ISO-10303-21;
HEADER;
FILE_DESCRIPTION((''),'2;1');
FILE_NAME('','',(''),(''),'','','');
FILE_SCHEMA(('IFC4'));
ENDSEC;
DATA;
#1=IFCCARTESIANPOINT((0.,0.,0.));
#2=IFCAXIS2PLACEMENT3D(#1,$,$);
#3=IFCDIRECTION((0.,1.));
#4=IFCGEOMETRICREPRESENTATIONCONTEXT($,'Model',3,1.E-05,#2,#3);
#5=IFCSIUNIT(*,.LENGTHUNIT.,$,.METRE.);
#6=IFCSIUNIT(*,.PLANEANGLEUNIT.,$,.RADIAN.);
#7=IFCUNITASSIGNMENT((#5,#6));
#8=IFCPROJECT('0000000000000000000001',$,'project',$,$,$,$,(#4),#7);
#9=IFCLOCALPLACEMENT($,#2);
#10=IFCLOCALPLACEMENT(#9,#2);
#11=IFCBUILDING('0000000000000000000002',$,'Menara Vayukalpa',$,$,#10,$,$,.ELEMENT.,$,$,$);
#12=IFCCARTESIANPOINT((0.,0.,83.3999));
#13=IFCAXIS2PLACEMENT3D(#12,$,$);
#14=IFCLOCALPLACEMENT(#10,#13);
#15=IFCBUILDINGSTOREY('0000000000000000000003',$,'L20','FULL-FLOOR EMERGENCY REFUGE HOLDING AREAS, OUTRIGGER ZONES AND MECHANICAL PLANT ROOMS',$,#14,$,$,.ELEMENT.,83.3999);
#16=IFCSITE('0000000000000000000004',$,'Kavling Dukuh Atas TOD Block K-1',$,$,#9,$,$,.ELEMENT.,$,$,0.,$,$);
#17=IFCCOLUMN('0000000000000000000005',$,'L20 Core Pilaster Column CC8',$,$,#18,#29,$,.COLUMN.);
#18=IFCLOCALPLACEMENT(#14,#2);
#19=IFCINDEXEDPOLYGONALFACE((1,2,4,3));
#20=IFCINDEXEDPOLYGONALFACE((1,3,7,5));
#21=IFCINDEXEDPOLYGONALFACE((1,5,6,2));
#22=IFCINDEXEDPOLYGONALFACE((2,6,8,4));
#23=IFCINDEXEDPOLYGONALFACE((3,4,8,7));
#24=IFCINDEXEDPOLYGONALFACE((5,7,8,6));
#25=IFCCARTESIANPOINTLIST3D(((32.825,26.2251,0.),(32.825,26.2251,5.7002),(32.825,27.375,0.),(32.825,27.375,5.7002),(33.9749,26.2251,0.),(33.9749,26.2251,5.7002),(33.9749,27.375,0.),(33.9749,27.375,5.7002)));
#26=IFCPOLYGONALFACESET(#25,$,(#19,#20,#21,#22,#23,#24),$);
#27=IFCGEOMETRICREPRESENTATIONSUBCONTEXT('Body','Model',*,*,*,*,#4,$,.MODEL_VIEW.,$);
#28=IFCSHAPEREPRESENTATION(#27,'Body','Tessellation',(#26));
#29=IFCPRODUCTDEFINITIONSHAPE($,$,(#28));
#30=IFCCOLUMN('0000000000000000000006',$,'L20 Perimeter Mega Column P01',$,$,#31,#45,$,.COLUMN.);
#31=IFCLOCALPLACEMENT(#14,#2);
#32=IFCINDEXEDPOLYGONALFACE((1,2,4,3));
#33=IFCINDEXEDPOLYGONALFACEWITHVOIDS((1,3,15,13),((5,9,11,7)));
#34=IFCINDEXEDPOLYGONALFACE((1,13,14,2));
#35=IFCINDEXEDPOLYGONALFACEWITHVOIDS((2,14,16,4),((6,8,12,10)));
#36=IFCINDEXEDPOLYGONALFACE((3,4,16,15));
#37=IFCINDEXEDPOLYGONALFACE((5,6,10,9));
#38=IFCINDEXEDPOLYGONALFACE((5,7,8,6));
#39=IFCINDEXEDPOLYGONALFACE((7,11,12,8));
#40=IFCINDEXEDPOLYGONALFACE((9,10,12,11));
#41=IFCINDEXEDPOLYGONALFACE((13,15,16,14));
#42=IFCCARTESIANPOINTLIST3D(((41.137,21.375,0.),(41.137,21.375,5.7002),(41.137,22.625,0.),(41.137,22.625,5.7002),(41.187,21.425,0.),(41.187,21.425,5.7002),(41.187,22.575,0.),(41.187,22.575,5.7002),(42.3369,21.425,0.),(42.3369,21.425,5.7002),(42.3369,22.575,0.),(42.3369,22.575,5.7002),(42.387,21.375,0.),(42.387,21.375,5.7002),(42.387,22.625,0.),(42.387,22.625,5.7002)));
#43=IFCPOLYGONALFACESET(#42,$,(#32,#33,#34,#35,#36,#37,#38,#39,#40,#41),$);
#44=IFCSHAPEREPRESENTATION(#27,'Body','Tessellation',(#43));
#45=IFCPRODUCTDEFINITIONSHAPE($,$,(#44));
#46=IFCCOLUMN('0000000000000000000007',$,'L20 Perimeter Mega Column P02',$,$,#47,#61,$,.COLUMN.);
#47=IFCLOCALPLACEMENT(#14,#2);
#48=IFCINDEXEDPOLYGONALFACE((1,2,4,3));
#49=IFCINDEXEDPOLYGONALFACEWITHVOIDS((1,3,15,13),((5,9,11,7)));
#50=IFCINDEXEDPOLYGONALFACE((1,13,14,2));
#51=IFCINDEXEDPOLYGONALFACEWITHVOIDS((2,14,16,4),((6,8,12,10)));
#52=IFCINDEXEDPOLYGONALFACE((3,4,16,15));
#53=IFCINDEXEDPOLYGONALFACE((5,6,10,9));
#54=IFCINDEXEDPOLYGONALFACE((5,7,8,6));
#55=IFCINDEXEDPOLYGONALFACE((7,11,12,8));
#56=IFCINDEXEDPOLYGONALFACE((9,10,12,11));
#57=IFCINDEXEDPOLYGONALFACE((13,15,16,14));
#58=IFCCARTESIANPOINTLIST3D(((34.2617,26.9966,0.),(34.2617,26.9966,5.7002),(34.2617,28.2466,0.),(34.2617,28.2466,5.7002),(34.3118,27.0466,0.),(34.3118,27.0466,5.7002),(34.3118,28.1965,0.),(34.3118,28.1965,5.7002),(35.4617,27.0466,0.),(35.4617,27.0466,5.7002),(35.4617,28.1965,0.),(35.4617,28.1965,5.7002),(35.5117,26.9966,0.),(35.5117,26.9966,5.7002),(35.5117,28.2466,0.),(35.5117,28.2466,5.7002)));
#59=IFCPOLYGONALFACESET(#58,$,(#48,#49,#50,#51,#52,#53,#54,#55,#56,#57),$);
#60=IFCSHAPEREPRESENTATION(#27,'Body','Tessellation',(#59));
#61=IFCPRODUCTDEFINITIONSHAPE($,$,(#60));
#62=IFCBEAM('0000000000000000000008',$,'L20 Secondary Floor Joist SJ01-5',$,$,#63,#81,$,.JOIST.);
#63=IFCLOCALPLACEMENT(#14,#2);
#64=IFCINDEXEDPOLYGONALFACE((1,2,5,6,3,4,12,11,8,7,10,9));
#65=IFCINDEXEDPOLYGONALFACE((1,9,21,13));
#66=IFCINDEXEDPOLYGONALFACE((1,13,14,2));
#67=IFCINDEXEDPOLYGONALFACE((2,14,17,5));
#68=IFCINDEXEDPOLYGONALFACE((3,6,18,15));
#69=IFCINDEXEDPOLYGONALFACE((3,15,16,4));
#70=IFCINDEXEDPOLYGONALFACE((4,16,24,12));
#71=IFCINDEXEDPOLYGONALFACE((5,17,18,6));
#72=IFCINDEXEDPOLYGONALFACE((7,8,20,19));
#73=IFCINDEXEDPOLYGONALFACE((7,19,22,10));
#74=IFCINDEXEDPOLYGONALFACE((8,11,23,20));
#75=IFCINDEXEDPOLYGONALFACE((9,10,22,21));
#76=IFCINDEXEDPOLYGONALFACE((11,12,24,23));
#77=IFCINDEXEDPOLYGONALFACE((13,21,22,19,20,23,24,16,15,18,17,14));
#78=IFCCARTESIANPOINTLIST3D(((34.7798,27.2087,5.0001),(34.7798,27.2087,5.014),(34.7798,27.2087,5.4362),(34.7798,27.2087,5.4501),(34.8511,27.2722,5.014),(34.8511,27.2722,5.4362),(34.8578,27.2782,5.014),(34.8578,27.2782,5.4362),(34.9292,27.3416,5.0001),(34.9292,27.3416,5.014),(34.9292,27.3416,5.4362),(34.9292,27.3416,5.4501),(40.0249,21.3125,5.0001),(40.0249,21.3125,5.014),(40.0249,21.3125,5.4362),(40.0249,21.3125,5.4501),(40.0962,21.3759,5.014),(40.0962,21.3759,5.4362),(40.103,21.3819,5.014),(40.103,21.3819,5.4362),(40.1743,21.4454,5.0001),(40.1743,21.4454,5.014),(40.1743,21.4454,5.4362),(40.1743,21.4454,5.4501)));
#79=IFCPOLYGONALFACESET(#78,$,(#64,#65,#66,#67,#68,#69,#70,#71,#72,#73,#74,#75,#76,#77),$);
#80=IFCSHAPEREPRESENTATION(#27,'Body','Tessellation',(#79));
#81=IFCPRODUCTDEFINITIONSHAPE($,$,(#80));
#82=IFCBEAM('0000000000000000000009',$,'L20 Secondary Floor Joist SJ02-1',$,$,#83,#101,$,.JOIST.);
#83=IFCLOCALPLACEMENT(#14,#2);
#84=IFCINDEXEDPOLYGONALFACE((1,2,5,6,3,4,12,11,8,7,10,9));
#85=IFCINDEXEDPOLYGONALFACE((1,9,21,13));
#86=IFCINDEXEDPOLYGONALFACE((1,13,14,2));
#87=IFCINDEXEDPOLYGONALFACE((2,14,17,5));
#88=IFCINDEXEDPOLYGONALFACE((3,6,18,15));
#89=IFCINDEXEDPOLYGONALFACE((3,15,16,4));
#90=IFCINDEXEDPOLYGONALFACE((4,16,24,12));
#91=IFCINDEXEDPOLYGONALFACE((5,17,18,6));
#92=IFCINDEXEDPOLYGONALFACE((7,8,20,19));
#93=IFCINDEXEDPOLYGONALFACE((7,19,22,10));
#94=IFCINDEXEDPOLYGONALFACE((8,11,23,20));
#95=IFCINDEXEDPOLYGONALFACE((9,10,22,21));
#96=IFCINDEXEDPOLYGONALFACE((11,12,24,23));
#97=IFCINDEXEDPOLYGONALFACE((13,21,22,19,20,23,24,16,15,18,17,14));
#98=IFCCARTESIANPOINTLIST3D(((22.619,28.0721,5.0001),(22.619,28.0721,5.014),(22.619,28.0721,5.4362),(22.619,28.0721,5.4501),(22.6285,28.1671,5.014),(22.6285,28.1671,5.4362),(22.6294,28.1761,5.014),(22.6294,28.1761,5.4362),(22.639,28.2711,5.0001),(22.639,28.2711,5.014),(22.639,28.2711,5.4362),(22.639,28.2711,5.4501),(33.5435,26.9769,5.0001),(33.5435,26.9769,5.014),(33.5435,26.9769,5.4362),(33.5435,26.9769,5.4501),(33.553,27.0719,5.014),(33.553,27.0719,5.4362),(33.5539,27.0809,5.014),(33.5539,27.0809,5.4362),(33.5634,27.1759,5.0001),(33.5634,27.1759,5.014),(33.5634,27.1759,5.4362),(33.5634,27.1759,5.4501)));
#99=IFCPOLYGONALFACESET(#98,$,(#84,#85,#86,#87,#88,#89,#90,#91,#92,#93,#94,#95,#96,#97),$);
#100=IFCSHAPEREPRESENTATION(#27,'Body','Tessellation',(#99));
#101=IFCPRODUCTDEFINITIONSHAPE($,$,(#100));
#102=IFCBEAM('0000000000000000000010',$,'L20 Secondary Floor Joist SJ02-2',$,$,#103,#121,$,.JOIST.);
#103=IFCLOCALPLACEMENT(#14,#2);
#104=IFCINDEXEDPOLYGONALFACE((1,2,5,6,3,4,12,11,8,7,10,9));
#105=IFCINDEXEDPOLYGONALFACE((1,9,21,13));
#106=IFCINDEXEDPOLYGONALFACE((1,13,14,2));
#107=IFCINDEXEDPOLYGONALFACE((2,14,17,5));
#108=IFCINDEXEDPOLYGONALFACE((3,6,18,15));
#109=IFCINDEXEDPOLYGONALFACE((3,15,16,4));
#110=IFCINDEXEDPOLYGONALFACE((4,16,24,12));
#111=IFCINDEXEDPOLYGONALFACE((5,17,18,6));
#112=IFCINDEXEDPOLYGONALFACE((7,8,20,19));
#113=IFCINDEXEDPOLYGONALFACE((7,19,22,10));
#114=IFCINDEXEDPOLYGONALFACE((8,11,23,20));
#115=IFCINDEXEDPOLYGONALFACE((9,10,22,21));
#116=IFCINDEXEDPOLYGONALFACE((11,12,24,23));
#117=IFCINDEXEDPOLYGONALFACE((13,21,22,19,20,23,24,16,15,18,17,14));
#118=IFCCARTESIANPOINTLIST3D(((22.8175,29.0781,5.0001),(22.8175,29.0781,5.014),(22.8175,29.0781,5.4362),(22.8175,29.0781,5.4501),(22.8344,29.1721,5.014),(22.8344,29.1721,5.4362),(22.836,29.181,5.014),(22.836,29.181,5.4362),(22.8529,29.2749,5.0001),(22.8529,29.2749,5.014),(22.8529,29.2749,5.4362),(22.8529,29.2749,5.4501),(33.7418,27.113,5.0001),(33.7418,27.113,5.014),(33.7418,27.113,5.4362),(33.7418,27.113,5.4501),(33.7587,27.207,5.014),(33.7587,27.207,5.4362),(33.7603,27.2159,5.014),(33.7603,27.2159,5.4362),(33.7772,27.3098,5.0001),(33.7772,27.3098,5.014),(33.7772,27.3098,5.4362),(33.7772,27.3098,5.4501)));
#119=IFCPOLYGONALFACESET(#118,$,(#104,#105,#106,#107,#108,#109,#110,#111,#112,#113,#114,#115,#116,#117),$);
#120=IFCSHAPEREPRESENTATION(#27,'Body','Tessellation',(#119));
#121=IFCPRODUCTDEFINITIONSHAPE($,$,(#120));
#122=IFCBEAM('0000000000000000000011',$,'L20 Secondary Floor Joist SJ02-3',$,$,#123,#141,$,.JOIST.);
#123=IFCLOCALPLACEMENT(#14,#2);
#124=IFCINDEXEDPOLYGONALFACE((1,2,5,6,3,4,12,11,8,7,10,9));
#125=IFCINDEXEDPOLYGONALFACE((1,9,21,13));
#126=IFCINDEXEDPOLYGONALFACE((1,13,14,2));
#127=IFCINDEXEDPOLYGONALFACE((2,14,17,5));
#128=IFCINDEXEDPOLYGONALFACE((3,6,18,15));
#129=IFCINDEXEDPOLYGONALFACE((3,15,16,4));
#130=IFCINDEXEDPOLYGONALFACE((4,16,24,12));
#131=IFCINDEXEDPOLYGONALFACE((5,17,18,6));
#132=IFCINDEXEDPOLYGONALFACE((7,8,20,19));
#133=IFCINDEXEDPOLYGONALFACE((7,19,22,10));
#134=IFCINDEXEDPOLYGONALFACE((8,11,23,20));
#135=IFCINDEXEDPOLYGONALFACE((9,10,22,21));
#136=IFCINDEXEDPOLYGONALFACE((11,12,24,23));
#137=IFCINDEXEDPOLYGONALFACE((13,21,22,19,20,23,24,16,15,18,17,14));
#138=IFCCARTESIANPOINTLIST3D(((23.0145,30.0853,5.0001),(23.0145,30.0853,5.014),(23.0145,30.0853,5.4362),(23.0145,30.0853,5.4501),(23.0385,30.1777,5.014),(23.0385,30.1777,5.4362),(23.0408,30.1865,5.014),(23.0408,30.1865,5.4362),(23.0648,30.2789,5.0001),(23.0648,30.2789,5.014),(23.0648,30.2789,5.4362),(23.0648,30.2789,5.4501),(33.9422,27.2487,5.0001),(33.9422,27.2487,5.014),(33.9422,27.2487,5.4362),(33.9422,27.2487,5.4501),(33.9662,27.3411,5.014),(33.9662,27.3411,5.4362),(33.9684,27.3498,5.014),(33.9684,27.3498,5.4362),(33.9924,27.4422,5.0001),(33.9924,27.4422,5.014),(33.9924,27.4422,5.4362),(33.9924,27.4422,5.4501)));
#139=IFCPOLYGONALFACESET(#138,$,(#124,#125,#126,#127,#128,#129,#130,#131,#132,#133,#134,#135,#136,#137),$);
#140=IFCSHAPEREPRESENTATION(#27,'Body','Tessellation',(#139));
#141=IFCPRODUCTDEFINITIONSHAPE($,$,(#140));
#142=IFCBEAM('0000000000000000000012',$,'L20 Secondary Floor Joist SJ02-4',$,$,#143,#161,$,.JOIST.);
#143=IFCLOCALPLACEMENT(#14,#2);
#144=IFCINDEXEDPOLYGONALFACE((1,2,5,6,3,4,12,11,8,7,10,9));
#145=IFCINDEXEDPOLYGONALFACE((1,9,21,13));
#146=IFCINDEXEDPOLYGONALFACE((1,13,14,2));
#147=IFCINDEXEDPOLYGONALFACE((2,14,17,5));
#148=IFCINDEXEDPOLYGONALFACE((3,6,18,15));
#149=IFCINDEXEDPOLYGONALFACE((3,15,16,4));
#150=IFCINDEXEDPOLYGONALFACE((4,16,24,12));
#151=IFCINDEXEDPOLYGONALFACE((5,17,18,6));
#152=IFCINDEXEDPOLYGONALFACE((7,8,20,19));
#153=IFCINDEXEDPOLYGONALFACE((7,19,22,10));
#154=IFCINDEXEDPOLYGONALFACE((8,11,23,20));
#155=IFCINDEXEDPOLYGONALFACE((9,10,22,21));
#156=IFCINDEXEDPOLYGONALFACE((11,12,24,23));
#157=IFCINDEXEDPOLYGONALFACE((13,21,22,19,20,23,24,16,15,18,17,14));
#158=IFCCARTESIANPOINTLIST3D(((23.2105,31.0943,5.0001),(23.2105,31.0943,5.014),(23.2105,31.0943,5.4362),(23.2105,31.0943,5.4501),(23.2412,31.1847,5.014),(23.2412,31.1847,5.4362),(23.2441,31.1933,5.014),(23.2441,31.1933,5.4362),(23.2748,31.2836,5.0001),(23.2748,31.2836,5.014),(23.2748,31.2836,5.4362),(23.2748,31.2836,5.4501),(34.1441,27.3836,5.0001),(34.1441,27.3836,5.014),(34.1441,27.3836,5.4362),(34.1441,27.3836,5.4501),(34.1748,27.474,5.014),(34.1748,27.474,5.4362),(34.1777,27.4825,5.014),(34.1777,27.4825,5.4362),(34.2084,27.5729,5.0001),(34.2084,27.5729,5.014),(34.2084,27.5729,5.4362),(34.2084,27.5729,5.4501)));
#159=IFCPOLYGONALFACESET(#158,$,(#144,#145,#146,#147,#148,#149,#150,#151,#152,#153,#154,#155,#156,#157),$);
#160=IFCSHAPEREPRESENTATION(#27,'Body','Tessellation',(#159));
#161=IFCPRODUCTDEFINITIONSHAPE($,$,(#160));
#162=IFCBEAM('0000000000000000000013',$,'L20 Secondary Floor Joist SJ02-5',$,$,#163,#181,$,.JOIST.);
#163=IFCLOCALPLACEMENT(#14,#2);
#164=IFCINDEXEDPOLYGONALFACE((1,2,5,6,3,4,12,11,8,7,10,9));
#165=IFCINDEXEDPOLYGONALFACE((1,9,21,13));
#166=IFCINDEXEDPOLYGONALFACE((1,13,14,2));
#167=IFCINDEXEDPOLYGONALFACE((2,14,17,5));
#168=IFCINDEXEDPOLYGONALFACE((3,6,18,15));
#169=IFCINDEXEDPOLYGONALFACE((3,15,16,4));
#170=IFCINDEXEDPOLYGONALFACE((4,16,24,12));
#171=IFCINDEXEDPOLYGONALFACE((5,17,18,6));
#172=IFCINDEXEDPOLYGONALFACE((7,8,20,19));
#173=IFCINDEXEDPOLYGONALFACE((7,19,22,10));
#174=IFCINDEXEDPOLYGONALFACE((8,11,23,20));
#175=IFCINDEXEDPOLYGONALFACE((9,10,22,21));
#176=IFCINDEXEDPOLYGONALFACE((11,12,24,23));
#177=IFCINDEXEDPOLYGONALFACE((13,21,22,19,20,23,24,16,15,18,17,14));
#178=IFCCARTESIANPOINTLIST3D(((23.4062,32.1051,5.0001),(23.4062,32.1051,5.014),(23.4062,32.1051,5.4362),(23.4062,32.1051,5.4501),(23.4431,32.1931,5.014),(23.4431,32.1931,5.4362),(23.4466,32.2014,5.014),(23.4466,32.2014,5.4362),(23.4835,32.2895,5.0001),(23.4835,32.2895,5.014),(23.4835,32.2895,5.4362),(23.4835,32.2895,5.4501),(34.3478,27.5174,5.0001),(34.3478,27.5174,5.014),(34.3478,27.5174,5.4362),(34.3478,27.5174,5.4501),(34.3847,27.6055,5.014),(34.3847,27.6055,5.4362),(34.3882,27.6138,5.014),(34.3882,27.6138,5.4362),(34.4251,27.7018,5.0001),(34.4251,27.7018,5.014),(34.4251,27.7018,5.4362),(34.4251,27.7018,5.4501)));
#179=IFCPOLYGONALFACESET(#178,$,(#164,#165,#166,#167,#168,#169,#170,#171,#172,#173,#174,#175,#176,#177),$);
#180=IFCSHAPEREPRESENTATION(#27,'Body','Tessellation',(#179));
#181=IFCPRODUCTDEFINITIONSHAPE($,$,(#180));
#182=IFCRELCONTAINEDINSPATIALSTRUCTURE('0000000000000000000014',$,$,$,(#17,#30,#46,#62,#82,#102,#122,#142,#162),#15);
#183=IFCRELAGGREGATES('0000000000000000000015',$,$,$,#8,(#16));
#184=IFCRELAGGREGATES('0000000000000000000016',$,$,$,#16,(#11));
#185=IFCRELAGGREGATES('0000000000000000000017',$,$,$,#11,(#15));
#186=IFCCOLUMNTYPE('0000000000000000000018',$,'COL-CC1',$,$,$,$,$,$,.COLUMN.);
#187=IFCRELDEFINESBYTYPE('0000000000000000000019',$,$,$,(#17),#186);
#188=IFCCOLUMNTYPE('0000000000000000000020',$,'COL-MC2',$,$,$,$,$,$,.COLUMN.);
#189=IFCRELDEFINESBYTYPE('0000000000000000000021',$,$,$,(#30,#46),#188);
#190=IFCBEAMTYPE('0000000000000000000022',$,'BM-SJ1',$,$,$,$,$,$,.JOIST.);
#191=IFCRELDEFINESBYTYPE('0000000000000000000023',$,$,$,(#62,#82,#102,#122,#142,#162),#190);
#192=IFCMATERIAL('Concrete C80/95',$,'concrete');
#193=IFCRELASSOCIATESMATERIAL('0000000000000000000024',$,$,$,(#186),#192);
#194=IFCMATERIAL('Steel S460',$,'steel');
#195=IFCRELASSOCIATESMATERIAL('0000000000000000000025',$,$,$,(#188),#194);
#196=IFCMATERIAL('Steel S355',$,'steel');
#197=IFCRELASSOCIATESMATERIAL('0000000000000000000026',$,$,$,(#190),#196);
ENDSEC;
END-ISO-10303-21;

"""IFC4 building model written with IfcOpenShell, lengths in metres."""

from ifc_helpers import new_model, si_unit, direction, frame, origin, origin_2d, place, context, subcontext, project, spatial, rectangle, hollow_rectangle, i_section, extrude, material, material_profile, profile_set, type_object, element, save


model = new_model("IFC4")

# Units and contexts
model_context = context("Model", 3, precision=1e-05, world=origin(), true_north=direction((0.0, 1.0)))
body_context = subcontext(model_context, "Body", "Model", "MODEL_VIEW")
ifc_project = project(units=[si_unit("LENGTHUNIT", "METRE"), si_unit("PLANEANGLEUNIT", "RADIAN")], contexts=[model_context])

# Site, building, storey
site_placement = place(None, origin())
site = spatial("IfcSite", under=ifc_project, at=site_placement, Name="Kavling Dukuh Atas TOD Block K-1", CompositionType="ELEMENT", RefElevation=0.0)
building_placement = place(site_placement, origin())
building = spatial("IfcBuilding", under=site, at=building_placement, Name="Menara Vayukalpa", CompositionType="ELEMENT")
storey_placement = place(building_placement, frame((0.0, 0.0, 83.3999)))
storey = spatial("IfcBuildingStorey", under=building, at=storey_placement, Name="L20", Description="FULL-FLOOR EMERGENCY REFUGE HOLDING AREAS, OUTRIGGER ZONES AND MECHANICAL PLANT ROOMS", CompositionType="ELEMENT", Elevation=83.3999)

# Columns
ifc_material_1 = material(Name="Concrete C80/95", Category="concrete")
ifc_material_profile_1 = material_profile(ifc_material_1, rectangle(XDim=1.1499, YDim=1.1499, at=origin_2d()), Name="RC 1150x1150")
ifc_profile_set_1 = profile_set([ifc_material_profile_1], Name="Concrete C80/95")
column_type_1 = type_object("IfcColumnType", Name="COL-CC1", PredefinedType="COLUMN", material=ifc_profile_set_1)
column_placement = place(storey_placement, frame((33.3999, 26.8, 0.0), z_axis=(0.0, 0.0, 1.0), x_axis=(1.0, 0.0, 0.0)))
element("IfcColumn", 1, at=column_placement, inside=storey, type_object=column_type_1, Name="L20 Core Pilaster Column CC8", PredefinedType="COLUMN", context=body_context, shape_type="SweptSolid", body=[
    extrude(rectangle(XDim=1.1499, YDim=1.1499, at=origin_2d()), origin(), (0.0, 0.0, 1.0), 5.7002),
])
ifc_material_2 = material(Name="Steel S460", Category="steel")
ifc_material_profile_2 = material_profile(ifc_material_2, hollow_rectangle(XDim=1.25, YDim=1.25, WallThickness=0.05, at=origin_2d()), Name="BOX 1250x1250x50")
ifc_profile_set_2 = profile_set([ifc_material_profile_2], Name="Steel S460")
column_type_2 = type_object("IfcColumnType", Name="COL-MC2", PredefinedType="COLUMN", material=ifc_profile_set_2)
for number, where, z_axis, x_axis, name in (
    (2, (41.762, 22.0, 0.0), (0.0, 0.0, 1.0), (1.0, 0.0, 0.0), "L20 Perimeter Mega Column P01"),
    (3, (34.8867, 27.6216, 0.0), (0.0, 0.0, 1.0), (1.0, 0.0, 0.0), "L20 Perimeter Mega Column P02"),
):
    element("IfcColumn", number, at=place(storey_placement, frame(where, z_axis=z_axis, x_axis=x_axis)), inside=storey, type_object=column_type_2, Name=name, PredefinedType="COLUMN", context=body_context, shape_type="SweptSolid", body=[
        extrude(hollow_rectangle(XDim=1.25, YDim=1.25, WallThickness=0.05, at=origin_2d()), origin(), (0.0, 0.0, 1.0), 5.7002),
    ])

# Beams
ifc_material_3 = material(Name="Steel S355", Category="steel")
ifc_material_profile_3 = material_profile(ifc_material_3, i_section(OverallWidth=0.2, OverallDepth=0.45, WebThickness=0.009, FlangeThickness=0.0139, at=origin_2d()), Name="WF 450x200x9x14")
ifc_profile_set_3 = profile_set([ifc_material_profile_3], Name="Steel S355")
beam_type_1 = type_object("IfcBeamType", Name="BM-SJ1", PredefinedType="JOIST", material=ifc_profile_set_3)
beam_1_placement = place(storey_placement, frame((40.0996, 21.3789, 5.2251), z_axis=(-0.664648, 0.747157, 0.0), x_axis=(-0.747157, -0.664648, 0.0)))
element("IfcBeam", 4, at=beam_1_placement, inside=storey, type_object=beam_type_1, Name="L20 Secondary Floor Joist SJ01-5", PredefinedType="JOIST", context=body_context, shape_type="SweptSolid", body=[
    extrude(i_section(OverallWidth=0.2, OverallDepth=0.45, WebThickness=0.009, FlangeThickness=0.0139, at=origin_2d()), origin(), (0.0, 0.0, 1.0), 7.8916),
])
beam_2_placement = place(storey_placement, frame((33.5535, 27.0764, 5.2251), z_axis=(-0.995012, 0.099752, 0.0), x_axis=(-0.099752, -0.995012, 0.0)))
element("IfcBeam", 5, at=beam_2_placement, inside=storey, type_object=beam_type_1, Name="L20 Secondary Floor Joist SJ02-1", PredefinedType="JOIST", context=body_context, shape_type="SweptSolid", body=[
    extrude(i_section(OverallWidth=0.2, OverallDepth=0.45, WebThickness=0.009, FlangeThickness=0.0139, at=origin_2d()), origin(), (0.0, 0.0, 1.0), 10.9792),
])
beam_3_placement = place(storey_placement, frame((33.7595, 27.2114, 5.2251), z_axis=(-0.984204, 0.177041, 0.0), x_axis=(-0.177041, -0.984204, 0.0)))
element("IfcBeam", 6, at=beam_3_placement, inside=storey, type_object=beam_type_1, Name="L20 Secondary Floor Joist SJ02-2", PredefinedType="JOIST", context=body_context, shape_type="SweptSolid", body=[
    extrude(i_section(OverallWidth=0.2, OverallDepth=0.45, WebThickness=0.009, FlangeThickness=0.0139, at=origin_2d()), origin(), (0.0, 0.0, 1.0), 11.0996),
])
beam_4_placement = place(storey_placement, frame((33.9673, 27.3455, 5.2251), z_axis=(-0.96792, 0.251257, 0.0), x_axis=(-0.251257, -0.96792, 0.0)))
element("IfcBeam", 7, at=beam_4_placement, inside=storey, type_object=beam_type_1, Name="L20 Secondary Floor Joist SJ02-3", PredefinedType="JOIST", context=body_context, shape_type="SweptSolid", body=[
    extrude(i_section(OverallWidth=0.2, OverallDepth=0.45, WebThickness=0.009, FlangeThickness=0.0139, at=origin_2d()), origin(), (0.0, 0.0, 1.0), 11.2898),
])
beam_5_placement = place(storey_placement, frame((34.1763, 27.4783, 5.2251), z_axis=(-0.94695, 0.32138, 0.0), x_axis=(-0.32138, -0.94695, 0.0)))
element("IfcBeam", 8, at=beam_5_placement, inside=storey, type_object=beam_type_1, Name="L20 Secondary Floor Joist SJ02-4", PredefinedType="JOIST", context=body_context, shape_type="SweptSolid", body=[
    extrude(i_section(OverallWidth=0.2, OverallDepth=0.45, WebThickness=0.009, FlangeThickness=0.0139, at=origin_2d()), origin(), (0.0, 0.0, 1.0), 11.5461),
])
beam_6_placement = place(storey_placement, frame((34.3865, 27.6096, 5.2251), z_axis=(-0.922218, 0.38667, 0.0), x_axis=(-0.38667, -0.922218, 0.0)))
element("IfcBeam", 9, at=beam_6_placement, inside=storey, type_object=beam_type_1, Name="L20 Secondary Floor Joist SJ02-5", PredefinedType="JOIST", context=body_context, shape_type="SweptSolid", body=[
    extrude(i_section(OverallWidth=0.2, OverallDepth=0.45, WebThickness=0.009, FlangeThickness=0.0139, at=origin_2d()), origin(), (0.0, 0.0, 1.0), 11.8645),
])

save(model, "model.ifc")
